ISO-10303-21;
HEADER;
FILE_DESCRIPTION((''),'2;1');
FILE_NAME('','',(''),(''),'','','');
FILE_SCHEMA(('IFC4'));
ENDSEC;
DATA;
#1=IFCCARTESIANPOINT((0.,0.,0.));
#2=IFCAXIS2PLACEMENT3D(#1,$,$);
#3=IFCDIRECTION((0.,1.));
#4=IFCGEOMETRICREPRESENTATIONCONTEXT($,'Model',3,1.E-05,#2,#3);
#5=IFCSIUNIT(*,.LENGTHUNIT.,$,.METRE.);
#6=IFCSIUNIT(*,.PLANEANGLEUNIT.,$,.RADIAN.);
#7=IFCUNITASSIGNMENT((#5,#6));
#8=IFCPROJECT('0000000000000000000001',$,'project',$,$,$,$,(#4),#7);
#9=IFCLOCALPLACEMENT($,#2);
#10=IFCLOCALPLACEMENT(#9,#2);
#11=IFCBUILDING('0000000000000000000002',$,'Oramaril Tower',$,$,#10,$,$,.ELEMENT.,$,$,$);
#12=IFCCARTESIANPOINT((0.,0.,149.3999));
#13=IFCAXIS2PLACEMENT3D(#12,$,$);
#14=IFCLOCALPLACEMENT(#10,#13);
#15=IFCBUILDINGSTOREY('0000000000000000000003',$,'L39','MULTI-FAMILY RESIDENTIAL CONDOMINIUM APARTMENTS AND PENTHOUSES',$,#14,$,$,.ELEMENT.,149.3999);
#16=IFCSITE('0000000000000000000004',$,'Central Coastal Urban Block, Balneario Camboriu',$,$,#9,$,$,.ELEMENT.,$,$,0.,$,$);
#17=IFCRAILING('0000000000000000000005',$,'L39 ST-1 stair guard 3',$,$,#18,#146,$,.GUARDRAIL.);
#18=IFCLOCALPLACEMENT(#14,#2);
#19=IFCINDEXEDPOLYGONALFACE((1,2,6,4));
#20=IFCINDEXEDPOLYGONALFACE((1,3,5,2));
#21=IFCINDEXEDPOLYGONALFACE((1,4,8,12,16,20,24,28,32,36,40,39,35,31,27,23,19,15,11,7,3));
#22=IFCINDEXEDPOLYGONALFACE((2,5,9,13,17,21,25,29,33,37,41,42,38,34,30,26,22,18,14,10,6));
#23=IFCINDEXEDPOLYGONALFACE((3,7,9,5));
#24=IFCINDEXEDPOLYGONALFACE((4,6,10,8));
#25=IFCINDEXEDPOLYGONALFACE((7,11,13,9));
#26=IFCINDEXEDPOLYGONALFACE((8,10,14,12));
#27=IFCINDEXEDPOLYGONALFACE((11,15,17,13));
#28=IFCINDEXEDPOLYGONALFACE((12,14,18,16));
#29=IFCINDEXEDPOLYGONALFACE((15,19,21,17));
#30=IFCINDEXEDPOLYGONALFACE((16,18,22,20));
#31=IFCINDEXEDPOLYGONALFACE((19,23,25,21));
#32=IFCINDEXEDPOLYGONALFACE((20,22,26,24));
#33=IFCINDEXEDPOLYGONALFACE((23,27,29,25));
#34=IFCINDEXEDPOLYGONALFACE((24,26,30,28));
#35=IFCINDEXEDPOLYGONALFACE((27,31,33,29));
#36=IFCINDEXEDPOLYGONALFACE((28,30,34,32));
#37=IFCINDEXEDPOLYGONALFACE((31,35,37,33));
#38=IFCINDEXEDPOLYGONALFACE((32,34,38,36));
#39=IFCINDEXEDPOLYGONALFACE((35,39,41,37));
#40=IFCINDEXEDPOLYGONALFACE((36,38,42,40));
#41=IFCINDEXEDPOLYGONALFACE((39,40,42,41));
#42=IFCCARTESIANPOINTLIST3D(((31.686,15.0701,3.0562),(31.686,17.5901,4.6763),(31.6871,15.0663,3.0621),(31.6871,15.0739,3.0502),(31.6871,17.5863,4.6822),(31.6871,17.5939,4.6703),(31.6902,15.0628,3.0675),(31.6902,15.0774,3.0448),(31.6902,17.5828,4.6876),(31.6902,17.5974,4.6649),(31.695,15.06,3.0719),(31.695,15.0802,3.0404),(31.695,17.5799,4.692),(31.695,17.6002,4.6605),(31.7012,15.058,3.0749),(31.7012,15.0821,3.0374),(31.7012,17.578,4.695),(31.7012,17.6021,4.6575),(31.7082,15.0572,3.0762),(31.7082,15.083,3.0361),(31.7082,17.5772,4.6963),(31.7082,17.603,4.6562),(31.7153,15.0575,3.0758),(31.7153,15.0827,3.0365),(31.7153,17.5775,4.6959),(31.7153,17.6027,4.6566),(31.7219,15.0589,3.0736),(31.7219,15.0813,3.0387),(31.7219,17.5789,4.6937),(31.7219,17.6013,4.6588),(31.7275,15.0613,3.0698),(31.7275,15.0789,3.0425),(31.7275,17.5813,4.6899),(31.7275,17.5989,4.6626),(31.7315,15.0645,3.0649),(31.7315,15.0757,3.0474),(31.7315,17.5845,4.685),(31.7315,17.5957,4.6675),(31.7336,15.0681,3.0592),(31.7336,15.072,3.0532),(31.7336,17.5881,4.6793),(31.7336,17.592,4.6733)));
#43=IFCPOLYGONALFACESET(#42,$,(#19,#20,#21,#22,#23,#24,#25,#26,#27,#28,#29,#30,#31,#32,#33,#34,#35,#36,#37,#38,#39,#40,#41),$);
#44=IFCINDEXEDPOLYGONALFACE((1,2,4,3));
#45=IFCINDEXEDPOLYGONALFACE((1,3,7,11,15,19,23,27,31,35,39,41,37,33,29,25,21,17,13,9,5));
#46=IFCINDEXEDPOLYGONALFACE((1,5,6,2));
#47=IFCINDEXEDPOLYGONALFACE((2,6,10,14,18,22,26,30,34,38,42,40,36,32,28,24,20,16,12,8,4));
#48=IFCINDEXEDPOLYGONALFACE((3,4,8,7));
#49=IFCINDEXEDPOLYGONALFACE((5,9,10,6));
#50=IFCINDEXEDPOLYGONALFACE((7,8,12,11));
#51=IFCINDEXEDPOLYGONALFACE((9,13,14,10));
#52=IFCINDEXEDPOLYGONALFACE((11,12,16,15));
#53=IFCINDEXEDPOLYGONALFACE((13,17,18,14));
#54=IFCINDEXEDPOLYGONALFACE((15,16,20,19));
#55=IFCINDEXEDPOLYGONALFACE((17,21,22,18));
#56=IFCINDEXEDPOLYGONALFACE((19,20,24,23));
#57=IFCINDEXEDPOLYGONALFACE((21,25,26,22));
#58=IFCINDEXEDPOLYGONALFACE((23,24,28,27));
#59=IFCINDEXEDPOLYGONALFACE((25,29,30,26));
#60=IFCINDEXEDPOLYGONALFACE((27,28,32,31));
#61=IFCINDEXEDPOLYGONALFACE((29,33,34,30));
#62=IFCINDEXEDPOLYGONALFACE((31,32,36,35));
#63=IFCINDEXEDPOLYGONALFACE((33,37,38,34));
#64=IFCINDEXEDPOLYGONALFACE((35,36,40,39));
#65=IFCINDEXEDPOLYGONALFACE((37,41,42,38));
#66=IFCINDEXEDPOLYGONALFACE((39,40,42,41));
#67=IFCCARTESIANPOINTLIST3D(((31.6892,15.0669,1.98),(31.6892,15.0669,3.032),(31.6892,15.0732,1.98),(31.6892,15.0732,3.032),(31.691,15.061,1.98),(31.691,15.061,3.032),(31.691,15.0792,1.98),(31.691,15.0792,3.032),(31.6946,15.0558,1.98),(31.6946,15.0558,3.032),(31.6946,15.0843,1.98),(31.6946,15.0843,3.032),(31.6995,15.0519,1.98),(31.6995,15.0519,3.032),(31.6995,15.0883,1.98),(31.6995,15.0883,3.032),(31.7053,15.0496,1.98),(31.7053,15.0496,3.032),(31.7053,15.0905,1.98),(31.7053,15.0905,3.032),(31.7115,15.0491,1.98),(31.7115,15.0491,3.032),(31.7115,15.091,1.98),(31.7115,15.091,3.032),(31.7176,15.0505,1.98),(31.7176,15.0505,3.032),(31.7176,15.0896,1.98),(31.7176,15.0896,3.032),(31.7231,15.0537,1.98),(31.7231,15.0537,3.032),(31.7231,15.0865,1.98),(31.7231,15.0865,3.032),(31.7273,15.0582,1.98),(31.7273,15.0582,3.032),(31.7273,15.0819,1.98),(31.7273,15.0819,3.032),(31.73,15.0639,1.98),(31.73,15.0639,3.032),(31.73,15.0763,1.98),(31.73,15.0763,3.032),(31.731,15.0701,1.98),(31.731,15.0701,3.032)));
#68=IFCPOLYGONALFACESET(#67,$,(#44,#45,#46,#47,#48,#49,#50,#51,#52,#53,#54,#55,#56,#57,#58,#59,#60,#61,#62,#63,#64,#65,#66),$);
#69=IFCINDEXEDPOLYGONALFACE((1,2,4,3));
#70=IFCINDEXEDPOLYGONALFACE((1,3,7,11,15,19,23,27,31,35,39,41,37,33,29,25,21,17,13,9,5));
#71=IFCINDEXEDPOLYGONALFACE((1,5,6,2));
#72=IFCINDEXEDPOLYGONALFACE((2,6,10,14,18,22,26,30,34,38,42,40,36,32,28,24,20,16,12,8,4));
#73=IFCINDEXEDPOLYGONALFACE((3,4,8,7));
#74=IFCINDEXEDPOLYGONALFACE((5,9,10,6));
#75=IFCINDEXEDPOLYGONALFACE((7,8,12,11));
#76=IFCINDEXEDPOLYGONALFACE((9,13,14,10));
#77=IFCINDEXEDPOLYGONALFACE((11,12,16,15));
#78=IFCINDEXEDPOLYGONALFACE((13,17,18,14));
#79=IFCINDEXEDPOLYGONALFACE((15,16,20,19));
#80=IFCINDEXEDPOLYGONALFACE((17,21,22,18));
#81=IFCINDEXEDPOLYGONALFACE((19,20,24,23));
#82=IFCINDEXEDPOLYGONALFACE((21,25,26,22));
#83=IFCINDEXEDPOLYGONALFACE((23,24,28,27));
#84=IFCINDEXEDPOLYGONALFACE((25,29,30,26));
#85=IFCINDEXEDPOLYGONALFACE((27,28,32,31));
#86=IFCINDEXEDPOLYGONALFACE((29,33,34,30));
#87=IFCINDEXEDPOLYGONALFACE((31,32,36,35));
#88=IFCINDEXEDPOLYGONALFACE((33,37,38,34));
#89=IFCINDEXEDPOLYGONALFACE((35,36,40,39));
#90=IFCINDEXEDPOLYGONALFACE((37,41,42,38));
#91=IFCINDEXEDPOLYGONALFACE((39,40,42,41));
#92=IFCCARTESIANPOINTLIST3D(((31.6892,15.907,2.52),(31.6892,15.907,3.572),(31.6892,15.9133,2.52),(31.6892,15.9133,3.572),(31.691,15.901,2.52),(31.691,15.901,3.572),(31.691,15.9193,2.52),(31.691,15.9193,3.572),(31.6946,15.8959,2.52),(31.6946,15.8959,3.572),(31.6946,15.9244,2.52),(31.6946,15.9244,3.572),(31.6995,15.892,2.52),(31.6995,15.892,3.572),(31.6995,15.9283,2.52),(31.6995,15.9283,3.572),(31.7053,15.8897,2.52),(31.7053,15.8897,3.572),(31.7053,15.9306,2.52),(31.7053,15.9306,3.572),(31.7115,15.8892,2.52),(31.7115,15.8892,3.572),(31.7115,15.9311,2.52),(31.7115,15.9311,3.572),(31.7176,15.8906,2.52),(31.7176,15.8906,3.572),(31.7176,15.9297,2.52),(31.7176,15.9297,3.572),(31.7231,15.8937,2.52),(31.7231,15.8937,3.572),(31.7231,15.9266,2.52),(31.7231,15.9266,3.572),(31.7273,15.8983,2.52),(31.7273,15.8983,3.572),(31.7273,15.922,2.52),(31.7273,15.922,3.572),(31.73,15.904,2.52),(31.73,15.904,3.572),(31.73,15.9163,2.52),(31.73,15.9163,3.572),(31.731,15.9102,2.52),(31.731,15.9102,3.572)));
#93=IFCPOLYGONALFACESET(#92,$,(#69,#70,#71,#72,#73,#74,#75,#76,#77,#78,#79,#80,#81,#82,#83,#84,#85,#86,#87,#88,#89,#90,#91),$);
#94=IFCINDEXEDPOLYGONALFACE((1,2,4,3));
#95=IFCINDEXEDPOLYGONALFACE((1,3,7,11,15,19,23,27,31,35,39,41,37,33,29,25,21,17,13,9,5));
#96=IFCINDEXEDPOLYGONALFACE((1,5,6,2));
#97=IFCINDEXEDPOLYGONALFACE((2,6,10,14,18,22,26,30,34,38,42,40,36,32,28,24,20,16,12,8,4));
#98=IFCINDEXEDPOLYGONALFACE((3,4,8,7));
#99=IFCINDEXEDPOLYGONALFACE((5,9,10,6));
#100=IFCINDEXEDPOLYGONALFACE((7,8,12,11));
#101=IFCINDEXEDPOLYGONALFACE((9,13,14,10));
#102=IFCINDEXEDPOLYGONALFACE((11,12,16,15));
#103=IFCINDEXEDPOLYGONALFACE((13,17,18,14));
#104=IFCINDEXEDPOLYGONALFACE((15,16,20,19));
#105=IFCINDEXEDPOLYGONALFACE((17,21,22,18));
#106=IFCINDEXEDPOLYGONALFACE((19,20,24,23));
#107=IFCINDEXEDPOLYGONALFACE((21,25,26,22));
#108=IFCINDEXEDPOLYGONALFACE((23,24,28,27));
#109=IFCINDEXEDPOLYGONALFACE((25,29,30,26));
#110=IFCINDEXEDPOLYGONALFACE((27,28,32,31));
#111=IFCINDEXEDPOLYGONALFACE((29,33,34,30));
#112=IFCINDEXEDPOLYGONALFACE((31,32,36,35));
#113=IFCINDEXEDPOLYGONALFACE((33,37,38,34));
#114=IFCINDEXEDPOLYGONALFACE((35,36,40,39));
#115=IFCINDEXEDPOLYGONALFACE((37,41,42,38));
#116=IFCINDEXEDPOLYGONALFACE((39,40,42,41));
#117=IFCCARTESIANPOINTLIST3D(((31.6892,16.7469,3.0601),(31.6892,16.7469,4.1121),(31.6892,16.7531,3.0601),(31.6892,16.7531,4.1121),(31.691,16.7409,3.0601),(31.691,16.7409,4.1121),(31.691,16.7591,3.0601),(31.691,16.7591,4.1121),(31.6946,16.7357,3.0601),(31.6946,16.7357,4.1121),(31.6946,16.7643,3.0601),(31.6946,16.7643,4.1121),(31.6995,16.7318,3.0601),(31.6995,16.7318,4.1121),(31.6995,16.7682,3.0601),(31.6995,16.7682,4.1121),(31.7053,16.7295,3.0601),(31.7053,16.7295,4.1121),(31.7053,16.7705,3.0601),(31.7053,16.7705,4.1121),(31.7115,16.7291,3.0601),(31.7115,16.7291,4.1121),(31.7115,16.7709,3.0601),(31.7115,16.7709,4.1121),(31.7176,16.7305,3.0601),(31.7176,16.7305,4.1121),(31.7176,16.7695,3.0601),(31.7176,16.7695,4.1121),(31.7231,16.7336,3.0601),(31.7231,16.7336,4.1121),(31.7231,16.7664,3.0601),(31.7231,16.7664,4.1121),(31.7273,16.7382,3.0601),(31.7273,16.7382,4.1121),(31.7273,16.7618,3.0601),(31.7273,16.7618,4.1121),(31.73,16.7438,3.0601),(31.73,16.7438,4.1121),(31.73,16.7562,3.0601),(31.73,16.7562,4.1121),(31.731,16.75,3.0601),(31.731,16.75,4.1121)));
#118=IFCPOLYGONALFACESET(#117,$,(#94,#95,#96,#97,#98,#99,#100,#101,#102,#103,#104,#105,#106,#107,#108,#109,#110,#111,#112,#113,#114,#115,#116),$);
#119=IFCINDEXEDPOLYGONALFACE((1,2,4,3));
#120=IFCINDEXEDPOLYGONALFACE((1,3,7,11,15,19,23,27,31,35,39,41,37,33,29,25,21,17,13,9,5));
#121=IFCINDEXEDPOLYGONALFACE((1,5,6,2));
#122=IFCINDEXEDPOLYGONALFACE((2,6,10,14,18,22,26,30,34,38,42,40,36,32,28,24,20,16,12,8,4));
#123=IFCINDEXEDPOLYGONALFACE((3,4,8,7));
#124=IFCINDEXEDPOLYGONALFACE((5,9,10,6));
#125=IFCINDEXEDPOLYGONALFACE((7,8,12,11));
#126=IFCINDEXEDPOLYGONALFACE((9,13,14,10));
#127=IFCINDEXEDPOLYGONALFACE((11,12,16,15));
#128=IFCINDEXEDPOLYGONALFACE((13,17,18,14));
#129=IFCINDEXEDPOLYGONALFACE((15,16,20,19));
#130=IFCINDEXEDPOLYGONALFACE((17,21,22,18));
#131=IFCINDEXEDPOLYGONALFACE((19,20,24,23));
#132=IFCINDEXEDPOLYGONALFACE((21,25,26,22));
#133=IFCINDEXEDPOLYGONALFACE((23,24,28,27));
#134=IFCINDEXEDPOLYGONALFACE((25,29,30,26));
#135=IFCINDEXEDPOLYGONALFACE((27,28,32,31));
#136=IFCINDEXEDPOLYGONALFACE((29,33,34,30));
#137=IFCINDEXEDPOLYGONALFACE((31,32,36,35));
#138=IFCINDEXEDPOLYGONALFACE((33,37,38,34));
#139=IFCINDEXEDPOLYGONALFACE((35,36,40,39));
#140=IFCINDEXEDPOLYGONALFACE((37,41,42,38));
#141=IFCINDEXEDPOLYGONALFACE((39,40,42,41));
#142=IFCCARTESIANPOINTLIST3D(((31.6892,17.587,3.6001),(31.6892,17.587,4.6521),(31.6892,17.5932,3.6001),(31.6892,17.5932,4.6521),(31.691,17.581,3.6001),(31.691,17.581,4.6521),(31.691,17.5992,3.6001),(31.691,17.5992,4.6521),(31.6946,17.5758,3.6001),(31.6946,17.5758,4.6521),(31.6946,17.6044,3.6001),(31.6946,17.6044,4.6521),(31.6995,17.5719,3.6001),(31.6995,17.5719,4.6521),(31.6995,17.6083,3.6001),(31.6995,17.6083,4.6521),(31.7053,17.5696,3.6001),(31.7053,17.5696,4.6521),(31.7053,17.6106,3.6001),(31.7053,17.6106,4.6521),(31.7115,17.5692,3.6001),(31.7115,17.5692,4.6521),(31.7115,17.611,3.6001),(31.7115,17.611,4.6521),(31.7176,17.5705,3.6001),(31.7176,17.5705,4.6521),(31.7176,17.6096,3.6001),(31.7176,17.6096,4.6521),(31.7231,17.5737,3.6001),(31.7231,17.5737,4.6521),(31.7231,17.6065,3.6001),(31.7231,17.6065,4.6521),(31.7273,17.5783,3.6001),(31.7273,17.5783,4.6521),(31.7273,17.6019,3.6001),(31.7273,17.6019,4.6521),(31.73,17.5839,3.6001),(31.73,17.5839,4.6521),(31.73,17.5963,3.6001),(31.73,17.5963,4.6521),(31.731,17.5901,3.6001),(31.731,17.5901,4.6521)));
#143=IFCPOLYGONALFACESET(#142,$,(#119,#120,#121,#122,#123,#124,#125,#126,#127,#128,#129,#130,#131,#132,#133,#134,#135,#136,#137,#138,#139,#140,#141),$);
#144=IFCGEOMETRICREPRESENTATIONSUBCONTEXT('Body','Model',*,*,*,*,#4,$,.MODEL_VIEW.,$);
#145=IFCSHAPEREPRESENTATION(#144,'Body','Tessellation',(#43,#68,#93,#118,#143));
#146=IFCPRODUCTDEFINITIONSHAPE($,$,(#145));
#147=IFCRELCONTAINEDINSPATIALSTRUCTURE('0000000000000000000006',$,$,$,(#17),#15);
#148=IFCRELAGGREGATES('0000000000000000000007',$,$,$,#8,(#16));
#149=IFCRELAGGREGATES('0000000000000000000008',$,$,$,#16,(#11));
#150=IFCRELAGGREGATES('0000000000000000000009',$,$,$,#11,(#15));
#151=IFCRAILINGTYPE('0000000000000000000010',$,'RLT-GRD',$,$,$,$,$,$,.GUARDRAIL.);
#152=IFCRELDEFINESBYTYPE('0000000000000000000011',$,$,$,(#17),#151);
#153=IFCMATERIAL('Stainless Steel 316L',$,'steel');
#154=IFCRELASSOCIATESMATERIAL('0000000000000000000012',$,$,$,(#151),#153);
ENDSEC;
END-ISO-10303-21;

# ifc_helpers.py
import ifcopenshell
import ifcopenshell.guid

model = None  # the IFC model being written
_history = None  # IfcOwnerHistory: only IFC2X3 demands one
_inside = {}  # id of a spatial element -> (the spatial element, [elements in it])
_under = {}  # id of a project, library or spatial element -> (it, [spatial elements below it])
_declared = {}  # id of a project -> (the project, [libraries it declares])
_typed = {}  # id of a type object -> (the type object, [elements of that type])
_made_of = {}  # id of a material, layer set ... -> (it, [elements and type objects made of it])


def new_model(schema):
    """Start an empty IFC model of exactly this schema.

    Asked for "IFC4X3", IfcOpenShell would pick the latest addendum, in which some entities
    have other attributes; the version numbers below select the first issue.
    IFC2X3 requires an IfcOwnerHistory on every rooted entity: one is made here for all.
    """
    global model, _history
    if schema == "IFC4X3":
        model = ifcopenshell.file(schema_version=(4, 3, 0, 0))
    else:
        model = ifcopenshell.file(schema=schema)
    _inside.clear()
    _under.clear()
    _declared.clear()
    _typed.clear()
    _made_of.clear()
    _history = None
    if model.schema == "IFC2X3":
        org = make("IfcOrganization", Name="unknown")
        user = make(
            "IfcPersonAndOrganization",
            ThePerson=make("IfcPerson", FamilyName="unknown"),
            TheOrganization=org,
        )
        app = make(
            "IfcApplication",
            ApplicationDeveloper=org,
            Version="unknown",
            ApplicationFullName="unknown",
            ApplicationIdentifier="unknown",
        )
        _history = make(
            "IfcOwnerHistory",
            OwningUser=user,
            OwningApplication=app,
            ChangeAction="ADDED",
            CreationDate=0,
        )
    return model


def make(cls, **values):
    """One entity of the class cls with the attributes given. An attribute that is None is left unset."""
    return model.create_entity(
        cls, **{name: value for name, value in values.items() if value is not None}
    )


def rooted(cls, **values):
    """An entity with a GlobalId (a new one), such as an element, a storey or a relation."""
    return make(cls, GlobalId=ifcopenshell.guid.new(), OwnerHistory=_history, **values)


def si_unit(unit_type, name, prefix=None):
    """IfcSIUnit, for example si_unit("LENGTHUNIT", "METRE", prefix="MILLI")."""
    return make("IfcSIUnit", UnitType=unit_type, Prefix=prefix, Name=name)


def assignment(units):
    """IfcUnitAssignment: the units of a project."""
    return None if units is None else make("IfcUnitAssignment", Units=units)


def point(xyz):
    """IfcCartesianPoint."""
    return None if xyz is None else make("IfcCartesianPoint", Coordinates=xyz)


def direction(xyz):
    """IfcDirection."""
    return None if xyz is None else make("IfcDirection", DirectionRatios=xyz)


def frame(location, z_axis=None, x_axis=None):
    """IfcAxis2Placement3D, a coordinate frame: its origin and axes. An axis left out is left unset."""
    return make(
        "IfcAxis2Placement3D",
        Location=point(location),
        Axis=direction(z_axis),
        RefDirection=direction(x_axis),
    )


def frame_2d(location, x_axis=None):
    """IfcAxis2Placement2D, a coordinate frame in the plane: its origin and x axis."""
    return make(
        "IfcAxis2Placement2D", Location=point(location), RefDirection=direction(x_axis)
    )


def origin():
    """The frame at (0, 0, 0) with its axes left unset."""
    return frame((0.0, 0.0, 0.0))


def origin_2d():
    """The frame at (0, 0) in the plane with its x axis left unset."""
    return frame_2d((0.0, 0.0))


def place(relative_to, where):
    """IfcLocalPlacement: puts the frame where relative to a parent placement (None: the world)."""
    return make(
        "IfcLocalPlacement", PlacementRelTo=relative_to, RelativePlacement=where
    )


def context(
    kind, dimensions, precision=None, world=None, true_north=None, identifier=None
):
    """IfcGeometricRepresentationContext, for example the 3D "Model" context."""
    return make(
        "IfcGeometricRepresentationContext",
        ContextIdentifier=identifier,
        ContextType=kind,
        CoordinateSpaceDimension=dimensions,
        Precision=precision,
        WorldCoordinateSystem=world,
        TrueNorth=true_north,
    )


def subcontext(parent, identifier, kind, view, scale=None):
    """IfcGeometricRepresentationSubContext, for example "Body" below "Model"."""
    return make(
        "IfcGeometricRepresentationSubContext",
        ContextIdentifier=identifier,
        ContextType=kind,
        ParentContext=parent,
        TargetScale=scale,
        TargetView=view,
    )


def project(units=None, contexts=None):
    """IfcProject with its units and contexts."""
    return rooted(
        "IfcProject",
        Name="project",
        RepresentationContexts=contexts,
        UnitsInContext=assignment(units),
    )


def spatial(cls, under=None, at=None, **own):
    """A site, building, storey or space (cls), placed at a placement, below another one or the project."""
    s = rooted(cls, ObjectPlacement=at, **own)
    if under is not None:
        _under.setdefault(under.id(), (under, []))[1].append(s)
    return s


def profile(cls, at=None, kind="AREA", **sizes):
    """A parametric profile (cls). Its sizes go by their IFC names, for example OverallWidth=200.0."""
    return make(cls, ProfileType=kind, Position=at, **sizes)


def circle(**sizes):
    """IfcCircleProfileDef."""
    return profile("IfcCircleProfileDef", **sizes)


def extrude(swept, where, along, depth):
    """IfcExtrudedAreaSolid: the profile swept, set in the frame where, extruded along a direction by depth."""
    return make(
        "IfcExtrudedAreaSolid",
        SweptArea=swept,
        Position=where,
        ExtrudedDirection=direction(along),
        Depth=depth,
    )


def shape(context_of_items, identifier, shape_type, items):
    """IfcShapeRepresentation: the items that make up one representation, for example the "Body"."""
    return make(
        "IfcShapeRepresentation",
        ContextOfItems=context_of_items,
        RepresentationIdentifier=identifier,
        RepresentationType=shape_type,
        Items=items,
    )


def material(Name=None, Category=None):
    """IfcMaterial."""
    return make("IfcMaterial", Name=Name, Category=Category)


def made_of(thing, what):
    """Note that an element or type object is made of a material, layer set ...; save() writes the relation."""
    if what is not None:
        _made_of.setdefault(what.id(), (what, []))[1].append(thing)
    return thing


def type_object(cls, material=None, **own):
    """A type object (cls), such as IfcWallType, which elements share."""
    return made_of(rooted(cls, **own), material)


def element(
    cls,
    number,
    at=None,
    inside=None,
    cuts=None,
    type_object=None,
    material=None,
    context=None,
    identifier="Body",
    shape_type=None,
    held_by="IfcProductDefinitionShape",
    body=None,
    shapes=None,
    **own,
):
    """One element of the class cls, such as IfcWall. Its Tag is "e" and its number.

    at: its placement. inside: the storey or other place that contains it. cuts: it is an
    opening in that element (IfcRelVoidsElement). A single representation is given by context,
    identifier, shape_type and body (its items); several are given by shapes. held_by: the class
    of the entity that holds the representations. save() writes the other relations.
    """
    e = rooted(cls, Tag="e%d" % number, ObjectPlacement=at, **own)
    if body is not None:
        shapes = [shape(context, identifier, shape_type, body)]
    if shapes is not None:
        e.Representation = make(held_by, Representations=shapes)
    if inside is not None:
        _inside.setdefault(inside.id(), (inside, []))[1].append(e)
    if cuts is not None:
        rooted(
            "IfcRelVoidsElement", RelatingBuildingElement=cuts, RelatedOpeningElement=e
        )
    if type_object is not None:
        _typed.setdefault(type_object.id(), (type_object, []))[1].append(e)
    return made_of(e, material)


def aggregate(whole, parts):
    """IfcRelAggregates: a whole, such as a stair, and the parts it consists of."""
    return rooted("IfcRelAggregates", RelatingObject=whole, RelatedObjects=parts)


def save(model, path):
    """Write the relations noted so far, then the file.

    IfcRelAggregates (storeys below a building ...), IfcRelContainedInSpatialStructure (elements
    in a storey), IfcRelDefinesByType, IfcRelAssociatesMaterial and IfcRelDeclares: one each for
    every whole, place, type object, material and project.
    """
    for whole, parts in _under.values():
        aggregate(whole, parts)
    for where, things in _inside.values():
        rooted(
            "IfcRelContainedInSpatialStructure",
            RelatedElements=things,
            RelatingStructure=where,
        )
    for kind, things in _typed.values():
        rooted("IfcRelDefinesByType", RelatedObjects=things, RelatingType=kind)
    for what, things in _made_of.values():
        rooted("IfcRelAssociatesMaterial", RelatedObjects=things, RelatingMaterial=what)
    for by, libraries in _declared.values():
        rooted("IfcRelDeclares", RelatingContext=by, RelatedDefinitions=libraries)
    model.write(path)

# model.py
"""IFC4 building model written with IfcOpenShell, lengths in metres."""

from ifc_helpers import new_model, si_unit, direction, frame, origin, origin_2d, place, context, subcontext, project, spatial, circle, extrude, material, type_object, element, save


model = new_model("IFC4")

# Units and contexts
model_context = context("Model", 3, precision=1e-05, world=origin(), true_north=direction((0.0, 1.0)))
body_context = subcontext(model_context, "Body", "Model", "MODEL_VIEW")
ifc_project = project(units=[si_unit("LENGTHUNIT", "METRE"), si_unit("PLANEANGLEUNIT", "RADIAN")], contexts=[model_context])

# Site, building, storey
site_placement = place(None, origin())
site = spatial("IfcSite", under=ifc_project, at=site_placement, Name="Central Coastal Urban Block, Balneario Camboriu", CompositionType="ELEMENT", RefElevation=0.0)
building_placement = place(site_placement, origin())
building = spatial("IfcBuilding", under=site, at=building_placement, Name="Oramaril Tower", CompositionType="ELEMENT")
storey_placement = place(building_placement, frame((0.0, 0.0, 149.3999)))
storey = spatial("IfcBuildingStorey", under=building, at=storey_placement, Name="L39", Description="MULTI-FAMILY RESIDENTIAL CONDOMINIUM APARTMENTS AND PENTHOUSES", CompositionType="ELEMENT", Elevation=149.3999)

# Railing
ifc_material_1 = material(Name="Stainless Steel 316L", Category="steel")
railing_type_1 = type_object("IfcRailingType", Name="RLT-GRD", PredefinedType="GUARDRAIL", material=ifc_material_1)
railing_1_placement = place(storey_placement, frame((31.71, 15.0701, 1.98)))
element("IfcRailing", 1, at=railing_1_placement, inside=storey, type_object=railing_type_1, Name="L39 ST-1 stair guard 3", PredefinedType="GUARDRAIL", context=body_context, shape_type="SweptSolid", body=[
    extrude(circle(Radius=0.0239, at=origin_2d()), frame((0.0, 0.0, 1.0762), z_axis=(0.0, 0.841163, 0.540782), x_axis=(-1.0, 0.0, 0.0)), (0.0, 0.0, 1.0), 2.9958),
    extrude(circle(Radius=0.021, at=origin_2d()), origin(), (0.0, 0.0, 1.0), 1.052),
    extrude(circle(Radius=0.021, at=origin_2d()), frame((0.0, 0.8401, 0.54)), (0.0, 0.0, 1.0), 1.052),
    extrude(circle(Radius=0.021, at=origin_2d()), frame((0.0, 1.6799, 1.0801)), (0.0, 0.0, 1.0), 1.052),
    extrude(circle(Radius=0.021, at=origin_2d()), frame((0.0, 2.52, 1.6201)), (0.0, 0.0, 1.0), 1.052),
])

save(model, "model.ifc")
